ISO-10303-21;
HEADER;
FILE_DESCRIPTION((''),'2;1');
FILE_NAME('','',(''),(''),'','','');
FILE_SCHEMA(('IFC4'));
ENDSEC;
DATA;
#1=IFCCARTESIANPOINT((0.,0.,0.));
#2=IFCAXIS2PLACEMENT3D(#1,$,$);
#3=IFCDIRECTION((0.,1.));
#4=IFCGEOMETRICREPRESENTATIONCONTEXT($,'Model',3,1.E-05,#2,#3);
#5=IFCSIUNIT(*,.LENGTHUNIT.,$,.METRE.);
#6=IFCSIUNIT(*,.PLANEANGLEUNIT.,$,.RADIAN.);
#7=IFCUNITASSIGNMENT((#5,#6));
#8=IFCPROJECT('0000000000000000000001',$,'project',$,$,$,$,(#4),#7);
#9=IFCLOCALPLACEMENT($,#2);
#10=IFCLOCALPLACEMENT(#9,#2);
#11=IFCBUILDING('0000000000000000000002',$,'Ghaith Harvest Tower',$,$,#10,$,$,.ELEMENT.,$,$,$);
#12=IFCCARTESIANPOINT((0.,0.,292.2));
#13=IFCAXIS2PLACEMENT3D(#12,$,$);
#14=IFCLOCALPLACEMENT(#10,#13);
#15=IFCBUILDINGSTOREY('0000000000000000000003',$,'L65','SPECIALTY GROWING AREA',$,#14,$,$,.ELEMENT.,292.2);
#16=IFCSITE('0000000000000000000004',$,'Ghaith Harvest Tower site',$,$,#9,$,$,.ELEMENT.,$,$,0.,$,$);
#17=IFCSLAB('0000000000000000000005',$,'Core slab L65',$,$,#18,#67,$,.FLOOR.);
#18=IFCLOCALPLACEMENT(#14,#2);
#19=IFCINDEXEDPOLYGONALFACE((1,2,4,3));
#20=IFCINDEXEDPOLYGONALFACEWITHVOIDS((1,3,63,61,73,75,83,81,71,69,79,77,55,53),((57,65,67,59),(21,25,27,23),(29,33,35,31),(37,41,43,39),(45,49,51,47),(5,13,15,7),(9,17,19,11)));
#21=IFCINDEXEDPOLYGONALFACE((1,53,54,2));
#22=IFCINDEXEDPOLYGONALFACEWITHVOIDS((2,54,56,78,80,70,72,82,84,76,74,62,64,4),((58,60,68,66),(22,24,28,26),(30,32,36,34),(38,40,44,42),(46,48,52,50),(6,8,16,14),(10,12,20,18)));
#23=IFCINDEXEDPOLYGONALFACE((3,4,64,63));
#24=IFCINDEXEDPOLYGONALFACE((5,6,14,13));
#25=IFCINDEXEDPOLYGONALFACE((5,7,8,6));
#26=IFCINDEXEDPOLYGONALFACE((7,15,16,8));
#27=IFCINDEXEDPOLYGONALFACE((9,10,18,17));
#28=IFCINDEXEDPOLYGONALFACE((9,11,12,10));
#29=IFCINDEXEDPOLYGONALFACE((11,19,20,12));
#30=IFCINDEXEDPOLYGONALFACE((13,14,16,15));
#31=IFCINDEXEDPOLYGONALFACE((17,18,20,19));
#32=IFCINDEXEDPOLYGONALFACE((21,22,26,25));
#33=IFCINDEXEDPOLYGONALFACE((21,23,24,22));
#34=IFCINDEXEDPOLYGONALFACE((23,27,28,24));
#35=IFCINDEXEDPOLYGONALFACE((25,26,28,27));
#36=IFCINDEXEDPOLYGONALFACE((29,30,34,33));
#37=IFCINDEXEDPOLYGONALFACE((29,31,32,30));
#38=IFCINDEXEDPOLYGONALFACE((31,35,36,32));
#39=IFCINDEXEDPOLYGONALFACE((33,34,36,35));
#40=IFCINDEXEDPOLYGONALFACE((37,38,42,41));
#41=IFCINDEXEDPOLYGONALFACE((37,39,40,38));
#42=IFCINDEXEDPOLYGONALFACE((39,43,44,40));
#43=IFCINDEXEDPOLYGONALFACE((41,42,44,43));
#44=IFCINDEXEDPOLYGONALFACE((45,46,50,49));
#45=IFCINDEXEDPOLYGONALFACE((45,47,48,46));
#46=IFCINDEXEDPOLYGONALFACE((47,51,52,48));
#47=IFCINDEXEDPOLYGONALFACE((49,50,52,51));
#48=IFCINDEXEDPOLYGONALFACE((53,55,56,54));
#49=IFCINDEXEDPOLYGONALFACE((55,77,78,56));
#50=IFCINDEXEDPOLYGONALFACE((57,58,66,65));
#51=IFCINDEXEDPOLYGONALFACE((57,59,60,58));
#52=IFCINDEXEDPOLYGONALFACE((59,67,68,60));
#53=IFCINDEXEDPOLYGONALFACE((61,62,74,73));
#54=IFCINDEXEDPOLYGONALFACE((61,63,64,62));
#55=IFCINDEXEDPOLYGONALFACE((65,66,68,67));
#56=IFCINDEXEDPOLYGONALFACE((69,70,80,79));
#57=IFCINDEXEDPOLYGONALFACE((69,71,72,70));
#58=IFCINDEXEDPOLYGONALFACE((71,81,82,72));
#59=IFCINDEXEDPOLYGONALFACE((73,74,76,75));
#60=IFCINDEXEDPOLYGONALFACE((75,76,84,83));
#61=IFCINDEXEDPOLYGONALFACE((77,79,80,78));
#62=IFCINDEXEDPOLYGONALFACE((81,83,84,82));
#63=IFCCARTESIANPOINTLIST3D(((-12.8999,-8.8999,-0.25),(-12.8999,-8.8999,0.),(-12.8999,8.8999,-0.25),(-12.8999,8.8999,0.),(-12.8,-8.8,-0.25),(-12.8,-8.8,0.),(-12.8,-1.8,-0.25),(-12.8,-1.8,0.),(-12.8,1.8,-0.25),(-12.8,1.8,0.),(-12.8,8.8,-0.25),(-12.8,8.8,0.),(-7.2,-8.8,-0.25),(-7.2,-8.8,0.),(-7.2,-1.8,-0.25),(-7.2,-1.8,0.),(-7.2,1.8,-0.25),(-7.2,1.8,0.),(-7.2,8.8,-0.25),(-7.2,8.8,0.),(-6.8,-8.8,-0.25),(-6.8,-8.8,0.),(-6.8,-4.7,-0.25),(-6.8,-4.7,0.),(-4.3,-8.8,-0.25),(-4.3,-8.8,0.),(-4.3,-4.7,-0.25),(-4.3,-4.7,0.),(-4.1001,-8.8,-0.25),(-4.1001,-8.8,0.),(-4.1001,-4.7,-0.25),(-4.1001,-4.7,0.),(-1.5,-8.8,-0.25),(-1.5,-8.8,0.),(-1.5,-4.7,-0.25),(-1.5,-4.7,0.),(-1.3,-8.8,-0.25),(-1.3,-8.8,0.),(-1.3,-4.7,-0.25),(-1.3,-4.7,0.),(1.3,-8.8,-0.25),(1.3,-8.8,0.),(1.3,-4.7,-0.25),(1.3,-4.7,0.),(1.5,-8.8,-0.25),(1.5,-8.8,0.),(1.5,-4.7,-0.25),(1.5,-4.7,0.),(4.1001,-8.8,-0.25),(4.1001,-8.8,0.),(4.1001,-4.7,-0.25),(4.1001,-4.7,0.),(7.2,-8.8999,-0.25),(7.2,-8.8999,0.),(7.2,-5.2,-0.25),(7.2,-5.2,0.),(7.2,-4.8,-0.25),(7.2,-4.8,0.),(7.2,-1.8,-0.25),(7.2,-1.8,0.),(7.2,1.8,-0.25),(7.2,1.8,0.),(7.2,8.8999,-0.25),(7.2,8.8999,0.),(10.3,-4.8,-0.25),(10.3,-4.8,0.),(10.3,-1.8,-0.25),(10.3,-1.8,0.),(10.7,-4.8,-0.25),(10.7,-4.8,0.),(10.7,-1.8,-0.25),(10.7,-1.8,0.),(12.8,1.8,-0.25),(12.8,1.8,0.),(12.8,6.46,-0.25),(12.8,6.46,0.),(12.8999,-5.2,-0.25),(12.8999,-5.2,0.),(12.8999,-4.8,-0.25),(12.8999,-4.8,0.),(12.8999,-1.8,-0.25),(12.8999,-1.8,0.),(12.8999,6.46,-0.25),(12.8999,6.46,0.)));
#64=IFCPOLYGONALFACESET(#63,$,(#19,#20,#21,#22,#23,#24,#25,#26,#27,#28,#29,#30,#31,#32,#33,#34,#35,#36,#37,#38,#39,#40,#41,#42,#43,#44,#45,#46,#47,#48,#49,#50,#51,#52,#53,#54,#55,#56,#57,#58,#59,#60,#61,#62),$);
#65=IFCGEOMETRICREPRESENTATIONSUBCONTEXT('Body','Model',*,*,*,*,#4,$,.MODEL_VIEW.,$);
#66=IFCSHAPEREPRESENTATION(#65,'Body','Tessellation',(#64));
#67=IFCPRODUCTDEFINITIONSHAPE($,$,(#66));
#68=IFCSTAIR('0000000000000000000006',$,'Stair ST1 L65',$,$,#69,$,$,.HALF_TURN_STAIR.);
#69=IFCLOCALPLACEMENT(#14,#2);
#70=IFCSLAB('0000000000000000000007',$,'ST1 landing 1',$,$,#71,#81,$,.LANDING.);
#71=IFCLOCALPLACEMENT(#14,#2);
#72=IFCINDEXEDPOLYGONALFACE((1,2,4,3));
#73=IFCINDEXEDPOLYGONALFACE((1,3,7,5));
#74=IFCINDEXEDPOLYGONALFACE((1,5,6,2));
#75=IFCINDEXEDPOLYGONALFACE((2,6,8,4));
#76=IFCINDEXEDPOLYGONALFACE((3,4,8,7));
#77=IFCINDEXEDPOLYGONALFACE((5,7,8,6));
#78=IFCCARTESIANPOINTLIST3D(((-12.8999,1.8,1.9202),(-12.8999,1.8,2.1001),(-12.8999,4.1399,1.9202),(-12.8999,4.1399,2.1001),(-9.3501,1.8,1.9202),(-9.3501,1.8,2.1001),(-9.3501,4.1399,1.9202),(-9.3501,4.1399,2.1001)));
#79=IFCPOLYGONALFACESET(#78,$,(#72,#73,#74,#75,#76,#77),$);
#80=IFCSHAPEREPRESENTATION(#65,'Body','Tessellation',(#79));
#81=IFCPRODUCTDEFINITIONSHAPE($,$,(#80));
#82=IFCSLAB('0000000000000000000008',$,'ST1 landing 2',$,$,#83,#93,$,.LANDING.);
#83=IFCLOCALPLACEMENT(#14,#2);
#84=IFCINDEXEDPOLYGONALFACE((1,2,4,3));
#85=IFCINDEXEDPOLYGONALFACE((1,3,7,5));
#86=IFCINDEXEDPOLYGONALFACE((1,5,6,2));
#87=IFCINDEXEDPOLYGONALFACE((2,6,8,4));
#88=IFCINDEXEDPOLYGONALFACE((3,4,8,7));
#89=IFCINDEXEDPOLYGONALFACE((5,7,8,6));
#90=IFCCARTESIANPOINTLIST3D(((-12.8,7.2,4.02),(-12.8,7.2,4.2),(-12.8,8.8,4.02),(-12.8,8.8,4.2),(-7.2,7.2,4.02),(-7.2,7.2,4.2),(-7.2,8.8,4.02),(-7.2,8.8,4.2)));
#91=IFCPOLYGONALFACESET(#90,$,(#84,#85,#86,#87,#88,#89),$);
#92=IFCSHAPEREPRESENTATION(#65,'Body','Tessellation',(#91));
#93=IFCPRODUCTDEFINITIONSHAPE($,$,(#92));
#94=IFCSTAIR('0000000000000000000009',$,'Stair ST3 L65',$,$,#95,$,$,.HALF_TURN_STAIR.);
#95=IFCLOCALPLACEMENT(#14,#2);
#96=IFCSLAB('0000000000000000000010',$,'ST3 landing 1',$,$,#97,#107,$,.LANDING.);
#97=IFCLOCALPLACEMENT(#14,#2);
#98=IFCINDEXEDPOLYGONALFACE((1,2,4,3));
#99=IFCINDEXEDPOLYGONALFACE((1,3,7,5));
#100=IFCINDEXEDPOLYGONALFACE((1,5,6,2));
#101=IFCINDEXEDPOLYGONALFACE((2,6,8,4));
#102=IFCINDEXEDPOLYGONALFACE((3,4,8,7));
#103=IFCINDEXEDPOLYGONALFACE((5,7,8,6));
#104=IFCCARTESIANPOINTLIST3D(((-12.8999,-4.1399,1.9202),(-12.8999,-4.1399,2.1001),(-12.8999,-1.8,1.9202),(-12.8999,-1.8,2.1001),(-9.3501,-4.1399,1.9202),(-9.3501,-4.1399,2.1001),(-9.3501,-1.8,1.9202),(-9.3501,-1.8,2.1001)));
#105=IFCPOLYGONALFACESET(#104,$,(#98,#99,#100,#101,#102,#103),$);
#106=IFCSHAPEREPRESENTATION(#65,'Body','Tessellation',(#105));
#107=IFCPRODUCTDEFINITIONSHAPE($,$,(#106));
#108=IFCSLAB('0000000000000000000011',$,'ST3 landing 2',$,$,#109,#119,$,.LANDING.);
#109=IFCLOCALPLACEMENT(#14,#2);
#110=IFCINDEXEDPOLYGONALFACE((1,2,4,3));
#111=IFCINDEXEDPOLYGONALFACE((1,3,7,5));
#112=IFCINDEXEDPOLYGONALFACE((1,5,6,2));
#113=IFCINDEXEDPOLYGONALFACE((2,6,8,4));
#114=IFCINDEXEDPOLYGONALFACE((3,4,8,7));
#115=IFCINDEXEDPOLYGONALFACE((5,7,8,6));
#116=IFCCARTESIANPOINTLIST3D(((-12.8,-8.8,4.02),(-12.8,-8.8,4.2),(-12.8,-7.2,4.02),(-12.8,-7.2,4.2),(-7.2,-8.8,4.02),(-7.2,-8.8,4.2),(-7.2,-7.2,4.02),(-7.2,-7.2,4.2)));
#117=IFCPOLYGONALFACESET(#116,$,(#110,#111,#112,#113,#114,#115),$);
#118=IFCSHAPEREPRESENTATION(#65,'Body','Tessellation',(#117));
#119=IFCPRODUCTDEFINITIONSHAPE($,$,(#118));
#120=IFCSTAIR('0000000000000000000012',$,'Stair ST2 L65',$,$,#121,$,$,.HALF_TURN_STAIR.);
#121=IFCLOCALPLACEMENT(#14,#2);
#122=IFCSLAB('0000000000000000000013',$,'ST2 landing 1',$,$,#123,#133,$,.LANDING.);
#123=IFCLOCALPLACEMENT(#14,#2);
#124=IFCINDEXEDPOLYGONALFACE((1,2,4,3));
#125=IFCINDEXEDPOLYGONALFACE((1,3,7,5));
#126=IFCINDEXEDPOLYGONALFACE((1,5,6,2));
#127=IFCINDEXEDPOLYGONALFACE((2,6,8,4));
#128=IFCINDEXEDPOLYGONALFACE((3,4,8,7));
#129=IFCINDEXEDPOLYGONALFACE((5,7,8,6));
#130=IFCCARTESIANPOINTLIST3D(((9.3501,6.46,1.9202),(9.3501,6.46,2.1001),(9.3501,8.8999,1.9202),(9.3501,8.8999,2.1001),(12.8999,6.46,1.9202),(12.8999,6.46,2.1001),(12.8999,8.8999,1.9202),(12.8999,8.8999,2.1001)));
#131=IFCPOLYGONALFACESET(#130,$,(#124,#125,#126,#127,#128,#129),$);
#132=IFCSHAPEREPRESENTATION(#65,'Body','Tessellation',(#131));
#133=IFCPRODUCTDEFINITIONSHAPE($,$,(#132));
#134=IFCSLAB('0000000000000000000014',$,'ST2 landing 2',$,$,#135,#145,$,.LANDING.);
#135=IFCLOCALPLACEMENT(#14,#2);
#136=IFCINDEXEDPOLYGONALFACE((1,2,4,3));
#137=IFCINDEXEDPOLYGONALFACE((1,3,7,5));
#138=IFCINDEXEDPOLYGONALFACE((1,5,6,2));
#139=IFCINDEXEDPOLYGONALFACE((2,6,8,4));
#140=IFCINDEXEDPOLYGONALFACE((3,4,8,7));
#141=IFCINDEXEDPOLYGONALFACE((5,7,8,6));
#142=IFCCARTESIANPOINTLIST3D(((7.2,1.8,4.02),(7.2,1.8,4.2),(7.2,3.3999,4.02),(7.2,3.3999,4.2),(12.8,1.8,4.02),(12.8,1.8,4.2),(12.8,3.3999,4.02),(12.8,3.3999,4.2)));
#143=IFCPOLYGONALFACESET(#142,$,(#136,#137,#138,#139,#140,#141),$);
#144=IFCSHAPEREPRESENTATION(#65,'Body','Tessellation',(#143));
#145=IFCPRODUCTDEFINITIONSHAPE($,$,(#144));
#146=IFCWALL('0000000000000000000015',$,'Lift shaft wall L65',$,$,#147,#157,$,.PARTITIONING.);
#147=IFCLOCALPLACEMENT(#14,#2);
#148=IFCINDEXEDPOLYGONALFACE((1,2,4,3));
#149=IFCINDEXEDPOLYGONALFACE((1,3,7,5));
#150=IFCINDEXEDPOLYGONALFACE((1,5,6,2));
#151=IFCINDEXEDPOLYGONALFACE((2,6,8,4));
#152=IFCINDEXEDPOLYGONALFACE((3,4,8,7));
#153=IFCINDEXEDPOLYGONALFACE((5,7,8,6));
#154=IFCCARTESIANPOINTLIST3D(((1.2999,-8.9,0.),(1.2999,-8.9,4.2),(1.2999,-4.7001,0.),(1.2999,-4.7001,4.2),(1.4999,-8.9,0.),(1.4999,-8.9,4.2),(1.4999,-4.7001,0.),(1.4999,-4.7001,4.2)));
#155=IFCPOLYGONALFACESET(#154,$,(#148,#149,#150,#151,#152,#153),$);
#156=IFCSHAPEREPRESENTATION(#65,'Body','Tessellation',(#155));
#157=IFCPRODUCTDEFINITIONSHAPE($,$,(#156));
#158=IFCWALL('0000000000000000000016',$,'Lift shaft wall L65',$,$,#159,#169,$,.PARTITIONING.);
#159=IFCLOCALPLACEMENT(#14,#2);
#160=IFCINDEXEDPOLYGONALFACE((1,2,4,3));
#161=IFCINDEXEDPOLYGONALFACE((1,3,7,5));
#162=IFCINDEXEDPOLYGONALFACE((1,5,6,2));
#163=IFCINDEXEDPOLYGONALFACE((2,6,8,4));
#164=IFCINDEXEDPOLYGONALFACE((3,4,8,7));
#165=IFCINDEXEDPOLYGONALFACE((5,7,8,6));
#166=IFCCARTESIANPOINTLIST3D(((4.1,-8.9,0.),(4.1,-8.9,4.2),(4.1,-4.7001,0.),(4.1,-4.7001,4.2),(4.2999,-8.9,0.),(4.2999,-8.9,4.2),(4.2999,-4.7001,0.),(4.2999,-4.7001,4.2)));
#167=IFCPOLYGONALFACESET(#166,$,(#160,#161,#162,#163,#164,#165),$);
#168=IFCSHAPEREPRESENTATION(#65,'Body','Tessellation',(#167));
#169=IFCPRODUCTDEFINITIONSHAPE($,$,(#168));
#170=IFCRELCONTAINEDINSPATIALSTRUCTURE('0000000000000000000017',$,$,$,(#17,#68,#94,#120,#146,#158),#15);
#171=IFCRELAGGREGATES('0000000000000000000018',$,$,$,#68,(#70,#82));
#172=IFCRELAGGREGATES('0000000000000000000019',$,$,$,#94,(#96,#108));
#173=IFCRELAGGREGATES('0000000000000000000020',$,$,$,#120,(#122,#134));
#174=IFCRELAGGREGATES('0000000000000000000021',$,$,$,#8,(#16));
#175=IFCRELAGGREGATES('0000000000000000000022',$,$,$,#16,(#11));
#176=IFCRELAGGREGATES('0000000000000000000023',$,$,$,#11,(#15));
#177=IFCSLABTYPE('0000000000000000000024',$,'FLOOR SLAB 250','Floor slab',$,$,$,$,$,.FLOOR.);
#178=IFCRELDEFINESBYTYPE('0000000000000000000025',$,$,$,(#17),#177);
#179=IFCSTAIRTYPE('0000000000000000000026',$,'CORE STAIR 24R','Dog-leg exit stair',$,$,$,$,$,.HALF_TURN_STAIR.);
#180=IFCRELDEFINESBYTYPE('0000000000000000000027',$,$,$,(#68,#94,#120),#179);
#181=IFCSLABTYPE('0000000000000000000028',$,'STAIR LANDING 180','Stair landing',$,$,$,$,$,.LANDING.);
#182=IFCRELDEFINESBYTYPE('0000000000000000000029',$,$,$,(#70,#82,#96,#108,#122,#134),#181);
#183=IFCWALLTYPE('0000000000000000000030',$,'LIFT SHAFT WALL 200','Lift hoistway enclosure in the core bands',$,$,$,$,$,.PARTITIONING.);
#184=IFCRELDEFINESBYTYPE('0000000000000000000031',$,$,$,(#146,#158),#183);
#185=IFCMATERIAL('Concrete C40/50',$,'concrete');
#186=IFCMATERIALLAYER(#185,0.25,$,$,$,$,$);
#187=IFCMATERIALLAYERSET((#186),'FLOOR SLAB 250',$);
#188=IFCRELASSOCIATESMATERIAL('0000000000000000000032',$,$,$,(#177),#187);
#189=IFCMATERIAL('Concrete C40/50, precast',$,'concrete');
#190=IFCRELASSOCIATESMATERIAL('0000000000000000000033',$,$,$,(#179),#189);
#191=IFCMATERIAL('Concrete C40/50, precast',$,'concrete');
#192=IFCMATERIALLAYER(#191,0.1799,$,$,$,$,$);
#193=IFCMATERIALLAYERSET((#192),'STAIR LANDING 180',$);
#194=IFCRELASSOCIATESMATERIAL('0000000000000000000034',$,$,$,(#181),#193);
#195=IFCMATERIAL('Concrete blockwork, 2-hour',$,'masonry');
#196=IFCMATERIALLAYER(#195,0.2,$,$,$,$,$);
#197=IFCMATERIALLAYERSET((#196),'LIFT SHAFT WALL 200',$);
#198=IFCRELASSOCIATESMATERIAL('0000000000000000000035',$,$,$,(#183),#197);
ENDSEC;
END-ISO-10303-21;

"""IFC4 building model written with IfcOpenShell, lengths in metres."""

from ifc_helpers import new_model, si_unit, direction, frame, frame_2d, origin, place, context, subcontext, project, spatial, polyline, rectangle, outline, extrude, material, layer, layer_set, type_object, element, aggregate, save


model = new_model("IFC4")

# Units and contexts
model_context = context("Model", 3, precision=1e-05, world=origin(), true_north=direction((0.0, 1.0)))
body_context = subcontext(model_context, "Body", "Model", "MODEL_VIEW")
ifc_project = project(units=[si_unit("LENGTHUNIT", "METRE"), si_unit("PLANEANGLEUNIT", "RADIAN")], contexts=[model_context])

# Site, building, storey
site_placement = place(None, origin())
site = spatial("IfcSite", under=ifc_project, at=site_placement, Name="Ghaith Harvest Tower site", CompositionType="ELEMENT", RefElevation=0.0)
building_placement = place(site_placement, origin())
building = spatial("IfcBuilding", under=site, at=building_placement, Name="Ghaith Harvest Tower", CompositionType="ELEMENT")
storey_placement = place(building_placement, frame((0.0, 0.0, 292.2)))
storey = spatial("IfcBuildingStorey", under=building, at=storey_placement, Name="L65", Description="SPECIALTY GROWING AREA", CompositionType="ELEMENT", Elevation=292.2)

# Slab
ifc_material_1 = material(Name="Concrete C40/50", Category="concrete")
ifc_layer_1 = layer(ifc_material_1, 0.25)
ifc_layer_set_1 = layer_set([ifc_layer_1], Name="FLOOR SLAB 250")
slab_type_1 = type_object("IfcSlabType", Name="FLOOR SLAB 250", Description="Floor slab", PredefinedType="FLOOR", material=ifc_layer_set_1)
slab_1_placement = place(storey_placement, frame((0.0, 0.0, -0.25)))
element("IfcSlab", 1, at=slab_1_placement, inside=storey, type_object=slab_type_1, Name="Core slab L65", PredefinedType="FLOOR", context=body_context, shape_type="SweptSolid", body=[
    extrude(outline(polyline([(-12.8999, 8.8999), (7.2, 8.8999), (7.2, 1.8), (12.8, 1.8), (12.8, 6.46), (12.8999, 6.46), (12.8999, -1.8), (10.7, -1.8), (10.7, -4.8), (12.8999, -4.8), (12.8999, -5.2), (7.2, -5.2), (7.2, -8.8999), (-12.8999, -8.8999), (-12.8999, 8.8999)]), holes=[polyline([(-4.3, -4.7), (-6.8, -4.7), (-6.8, -8.8), (-4.3, -8.8), (-4.3, -4.7)]), polyline([(-1.5, -4.7), (-4.1001, -4.7), (-4.1001, -8.8), (-1.5, -8.8), (-1.5, -4.7)]), polyline([(1.3, -8.8), (1.3, -4.7), (-1.3, -4.7), (-1.3, -8.8), (1.3, -8.8)]), polyline([(4.1001, -8.8), (4.1001, -4.7), (1.5, -4.7), (1.5, -8.8), (4.1001, -8.8)]), polyline([(-7.2, -1.8), (-12.8, -1.8), (-12.8, -8.8), (-7.2, -8.8), (-7.2, -1.8)]), polyline([(10.3, -1.8), (7.2, -1.8), (7.2, -4.8), (10.3, -4.8), (10.3, -1.8)]), polyline([(-12.8, 1.8), (-7.2, 1.8), (-7.2, 8.8), (-12.8, 8.8), (-12.8, 1.8)])]), origin(), (0.0, 0.0, 1.0), 0.25),
])

# Stairs, slabs
ifc_material_2 = material(Name="Concrete C40/50, precast", Category="concrete")
stair_type = type_object("IfcStairType", Name="CORE STAIR 24R", Description="Dog-leg exit stair", PredefinedType="HALF_TURN_STAIR", material=ifc_material_2)
stair_1_placement = place(storey_placement, origin())
stair_1 = element("IfcStair", 2, at=stair_1_placement, inside=storey, type_object=stair_type, Name="Stair ST1 L65", PredefinedType="HALF_TURN_STAIR")
ifc_material_3 = material(Name="Concrete C40/50, precast", Category="concrete")
ifc_layer_2 = layer(ifc_material_3, 0.1799)
ifc_layer_set_2 = layer_set([ifc_layer_2], Name="STAIR LANDING 180")
slab_type_2 = type_object("IfcSlabType", Name="STAIR LANDING 180", Description="Stair landing", PredefinedType="LANDING", material=ifc_layer_set_2)
slab_2_placement = place(storey_placement, frame((0.0, 0.0, 1.9202)))
slab_2 = element("IfcSlab", 3, at=slab_2_placement, type_object=slab_type_2, Name="ST1 landing 1", PredefinedType="LANDING", context=body_context, shape_type="SweptSolid", body=[
    extrude(outline(polyline([(-12.8999, 4.1399), (-12.8999, 1.8), (-9.3501, 1.8), (-9.3501, 4.1399), (-12.8999, 4.1399)])), origin(), (0.0, 0.0, 1.0), 0.1799),
])
slab_3_placement = place(storey_placement, frame((0.0, 0.0, 4.02)))
slab_3 = element("IfcSlab", 4, at=slab_3_placement, type_object=slab_type_2, Name="ST1 landing 2", PredefinedType="LANDING", context=body_context, shape_type="SweptSolid", body=[
    extrude(outline(polyline([(-12.8, 8.8), (-12.8, 7.2), (-7.2, 7.2), (-7.2, 8.8), (-12.8, 8.8)])), origin(), (0.0, 0.0, 1.0), 0.1799),
])
aggregate(stair_1, [slab_2, slab_3])
stair_2_placement = place(storey_placement, origin())
stair_2 = element("IfcStair", 5, at=stair_2_placement, inside=storey, type_object=stair_type, Name="Stair ST3 L65", PredefinedType="HALF_TURN_STAIR")
slab_4_placement = place(storey_placement, frame((0.0, 0.0, 1.9202)))
slab_4 = element("IfcSlab", 6, at=slab_4_placement, type_object=slab_type_2, Name="ST3 landing 1", PredefinedType="LANDING", context=body_context, shape_type="SweptSolid", body=[
    extrude(outline(polyline([(-12.8999, -4.1399), (-12.8999, -1.8), (-9.3501, -1.8), (-9.3501, -4.1399), (-12.8999, -4.1399)])), origin(), (0.0, 0.0, 1.0), 0.1799),
])
slab_5_placement = place(storey_placement, frame((0.0, 0.0, 4.02)))
slab_5 = element("IfcSlab", 7, at=slab_5_placement, type_object=slab_type_2, Name="ST3 landing 2", PredefinedType="LANDING", context=body_context, shape_type="SweptSolid", body=[
    extrude(outline(polyline([(-12.8, -8.8), (-12.8, -7.2), (-7.2, -7.2), (-7.2, -8.8), (-12.8, -8.8)])), origin(), (0.0, 0.0, 1.0), 0.1799),
])
aggregate(stair_2, [slab_4, slab_5])
stair_3_placement = place(storey_placement, origin())
stair_3 = element("IfcStair", 8, at=stair_3_placement, inside=storey, type_object=stair_type, Name="Stair ST2 L65", PredefinedType="HALF_TURN_STAIR")
slab_6_placement = place(storey_placement, frame((0.0, 0.0, 1.9202)))
slab_6 = element("IfcSlab", 9, at=slab_6_placement, type_object=slab_type_2, Name="ST2 landing 1", PredefinedType="LANDING", context=body_context, shape_type="SweptSolid", body=[
    extrude(outline(polyline([(12.8999, 6.46), (12.8999, 8.8999), (9.3501, 8.8999), (9.3501, 6.46), (12.8999, 6.46)])), origin(), (0.0, 0.0, 1.0), 0.1799),
])
slab_7_placement = place(storey_placement, frame((0.0, 0.0, 4.02)))
slab_7 = element("IfcSlab", 10, at=slab_7_placement, type_object=slab_type_2, Name="ST2 landing 2", PredefinedType="LANDING", context=body_context, shape_type="SweptSolid", body=[
    extrude(outline(polyline([(12.8, 1.8), (12.8, 3.3999), (7.2, 3.3999), (7.2, 1.8), (12.8, 1.8)])), origin(), (0.0, 0.0, 1.0), 0.1799),
])
aggregate(stair_3, [slab_6, slab_7])

# Walls
ifc_material_4 = material(Name="Concrete blockwork, 2-hour", Category="masonry")
ifc_layer_3 = layer(ifc_material_4, 0.2)
ifc_layer_set_3 = layer_set([ifc_layer_3], Name="LIFT SHAFT WALL 200")
wall_type_1 = type_object("IfcWallType", Name="LIFT SHAFT WALL 200", Description="Lift hoistway enclosure in the core bands", PredefinedType="PARTITIONING", material=ifc_layer_set_3)
for number, where, z_axis, x_axis, name in (
    (11, (1.3999, -4.7, 0.0), (0.0, 0.0, 1.0), (0.0, -1.0, 0.0), "Lift shaft wall L65"),
    (12, (4.2, -4.7, 0.0), (0.0, 0.0, 1.0), (0.0, -1.0, 0.0), "Lift shaft wall L65"),
):
    element("IfcWall", number, at=place(storey_placement, frame(where, z_axis=z_axis, x_axis=x_axis)), inside=storey, type_object=wall_type_1, Name=name, PredefinedType="PARTITIONING", context=body_context, shape_type="SweptSolid", body=[
        extrude(rectangle(XDim=4.2, YDim=0.2, at=frame_2d((2.1001, 0.0))), origin(), (0.0, 0.0, 1.0), 4.2),
    ])

save(model, "model.ifc")
